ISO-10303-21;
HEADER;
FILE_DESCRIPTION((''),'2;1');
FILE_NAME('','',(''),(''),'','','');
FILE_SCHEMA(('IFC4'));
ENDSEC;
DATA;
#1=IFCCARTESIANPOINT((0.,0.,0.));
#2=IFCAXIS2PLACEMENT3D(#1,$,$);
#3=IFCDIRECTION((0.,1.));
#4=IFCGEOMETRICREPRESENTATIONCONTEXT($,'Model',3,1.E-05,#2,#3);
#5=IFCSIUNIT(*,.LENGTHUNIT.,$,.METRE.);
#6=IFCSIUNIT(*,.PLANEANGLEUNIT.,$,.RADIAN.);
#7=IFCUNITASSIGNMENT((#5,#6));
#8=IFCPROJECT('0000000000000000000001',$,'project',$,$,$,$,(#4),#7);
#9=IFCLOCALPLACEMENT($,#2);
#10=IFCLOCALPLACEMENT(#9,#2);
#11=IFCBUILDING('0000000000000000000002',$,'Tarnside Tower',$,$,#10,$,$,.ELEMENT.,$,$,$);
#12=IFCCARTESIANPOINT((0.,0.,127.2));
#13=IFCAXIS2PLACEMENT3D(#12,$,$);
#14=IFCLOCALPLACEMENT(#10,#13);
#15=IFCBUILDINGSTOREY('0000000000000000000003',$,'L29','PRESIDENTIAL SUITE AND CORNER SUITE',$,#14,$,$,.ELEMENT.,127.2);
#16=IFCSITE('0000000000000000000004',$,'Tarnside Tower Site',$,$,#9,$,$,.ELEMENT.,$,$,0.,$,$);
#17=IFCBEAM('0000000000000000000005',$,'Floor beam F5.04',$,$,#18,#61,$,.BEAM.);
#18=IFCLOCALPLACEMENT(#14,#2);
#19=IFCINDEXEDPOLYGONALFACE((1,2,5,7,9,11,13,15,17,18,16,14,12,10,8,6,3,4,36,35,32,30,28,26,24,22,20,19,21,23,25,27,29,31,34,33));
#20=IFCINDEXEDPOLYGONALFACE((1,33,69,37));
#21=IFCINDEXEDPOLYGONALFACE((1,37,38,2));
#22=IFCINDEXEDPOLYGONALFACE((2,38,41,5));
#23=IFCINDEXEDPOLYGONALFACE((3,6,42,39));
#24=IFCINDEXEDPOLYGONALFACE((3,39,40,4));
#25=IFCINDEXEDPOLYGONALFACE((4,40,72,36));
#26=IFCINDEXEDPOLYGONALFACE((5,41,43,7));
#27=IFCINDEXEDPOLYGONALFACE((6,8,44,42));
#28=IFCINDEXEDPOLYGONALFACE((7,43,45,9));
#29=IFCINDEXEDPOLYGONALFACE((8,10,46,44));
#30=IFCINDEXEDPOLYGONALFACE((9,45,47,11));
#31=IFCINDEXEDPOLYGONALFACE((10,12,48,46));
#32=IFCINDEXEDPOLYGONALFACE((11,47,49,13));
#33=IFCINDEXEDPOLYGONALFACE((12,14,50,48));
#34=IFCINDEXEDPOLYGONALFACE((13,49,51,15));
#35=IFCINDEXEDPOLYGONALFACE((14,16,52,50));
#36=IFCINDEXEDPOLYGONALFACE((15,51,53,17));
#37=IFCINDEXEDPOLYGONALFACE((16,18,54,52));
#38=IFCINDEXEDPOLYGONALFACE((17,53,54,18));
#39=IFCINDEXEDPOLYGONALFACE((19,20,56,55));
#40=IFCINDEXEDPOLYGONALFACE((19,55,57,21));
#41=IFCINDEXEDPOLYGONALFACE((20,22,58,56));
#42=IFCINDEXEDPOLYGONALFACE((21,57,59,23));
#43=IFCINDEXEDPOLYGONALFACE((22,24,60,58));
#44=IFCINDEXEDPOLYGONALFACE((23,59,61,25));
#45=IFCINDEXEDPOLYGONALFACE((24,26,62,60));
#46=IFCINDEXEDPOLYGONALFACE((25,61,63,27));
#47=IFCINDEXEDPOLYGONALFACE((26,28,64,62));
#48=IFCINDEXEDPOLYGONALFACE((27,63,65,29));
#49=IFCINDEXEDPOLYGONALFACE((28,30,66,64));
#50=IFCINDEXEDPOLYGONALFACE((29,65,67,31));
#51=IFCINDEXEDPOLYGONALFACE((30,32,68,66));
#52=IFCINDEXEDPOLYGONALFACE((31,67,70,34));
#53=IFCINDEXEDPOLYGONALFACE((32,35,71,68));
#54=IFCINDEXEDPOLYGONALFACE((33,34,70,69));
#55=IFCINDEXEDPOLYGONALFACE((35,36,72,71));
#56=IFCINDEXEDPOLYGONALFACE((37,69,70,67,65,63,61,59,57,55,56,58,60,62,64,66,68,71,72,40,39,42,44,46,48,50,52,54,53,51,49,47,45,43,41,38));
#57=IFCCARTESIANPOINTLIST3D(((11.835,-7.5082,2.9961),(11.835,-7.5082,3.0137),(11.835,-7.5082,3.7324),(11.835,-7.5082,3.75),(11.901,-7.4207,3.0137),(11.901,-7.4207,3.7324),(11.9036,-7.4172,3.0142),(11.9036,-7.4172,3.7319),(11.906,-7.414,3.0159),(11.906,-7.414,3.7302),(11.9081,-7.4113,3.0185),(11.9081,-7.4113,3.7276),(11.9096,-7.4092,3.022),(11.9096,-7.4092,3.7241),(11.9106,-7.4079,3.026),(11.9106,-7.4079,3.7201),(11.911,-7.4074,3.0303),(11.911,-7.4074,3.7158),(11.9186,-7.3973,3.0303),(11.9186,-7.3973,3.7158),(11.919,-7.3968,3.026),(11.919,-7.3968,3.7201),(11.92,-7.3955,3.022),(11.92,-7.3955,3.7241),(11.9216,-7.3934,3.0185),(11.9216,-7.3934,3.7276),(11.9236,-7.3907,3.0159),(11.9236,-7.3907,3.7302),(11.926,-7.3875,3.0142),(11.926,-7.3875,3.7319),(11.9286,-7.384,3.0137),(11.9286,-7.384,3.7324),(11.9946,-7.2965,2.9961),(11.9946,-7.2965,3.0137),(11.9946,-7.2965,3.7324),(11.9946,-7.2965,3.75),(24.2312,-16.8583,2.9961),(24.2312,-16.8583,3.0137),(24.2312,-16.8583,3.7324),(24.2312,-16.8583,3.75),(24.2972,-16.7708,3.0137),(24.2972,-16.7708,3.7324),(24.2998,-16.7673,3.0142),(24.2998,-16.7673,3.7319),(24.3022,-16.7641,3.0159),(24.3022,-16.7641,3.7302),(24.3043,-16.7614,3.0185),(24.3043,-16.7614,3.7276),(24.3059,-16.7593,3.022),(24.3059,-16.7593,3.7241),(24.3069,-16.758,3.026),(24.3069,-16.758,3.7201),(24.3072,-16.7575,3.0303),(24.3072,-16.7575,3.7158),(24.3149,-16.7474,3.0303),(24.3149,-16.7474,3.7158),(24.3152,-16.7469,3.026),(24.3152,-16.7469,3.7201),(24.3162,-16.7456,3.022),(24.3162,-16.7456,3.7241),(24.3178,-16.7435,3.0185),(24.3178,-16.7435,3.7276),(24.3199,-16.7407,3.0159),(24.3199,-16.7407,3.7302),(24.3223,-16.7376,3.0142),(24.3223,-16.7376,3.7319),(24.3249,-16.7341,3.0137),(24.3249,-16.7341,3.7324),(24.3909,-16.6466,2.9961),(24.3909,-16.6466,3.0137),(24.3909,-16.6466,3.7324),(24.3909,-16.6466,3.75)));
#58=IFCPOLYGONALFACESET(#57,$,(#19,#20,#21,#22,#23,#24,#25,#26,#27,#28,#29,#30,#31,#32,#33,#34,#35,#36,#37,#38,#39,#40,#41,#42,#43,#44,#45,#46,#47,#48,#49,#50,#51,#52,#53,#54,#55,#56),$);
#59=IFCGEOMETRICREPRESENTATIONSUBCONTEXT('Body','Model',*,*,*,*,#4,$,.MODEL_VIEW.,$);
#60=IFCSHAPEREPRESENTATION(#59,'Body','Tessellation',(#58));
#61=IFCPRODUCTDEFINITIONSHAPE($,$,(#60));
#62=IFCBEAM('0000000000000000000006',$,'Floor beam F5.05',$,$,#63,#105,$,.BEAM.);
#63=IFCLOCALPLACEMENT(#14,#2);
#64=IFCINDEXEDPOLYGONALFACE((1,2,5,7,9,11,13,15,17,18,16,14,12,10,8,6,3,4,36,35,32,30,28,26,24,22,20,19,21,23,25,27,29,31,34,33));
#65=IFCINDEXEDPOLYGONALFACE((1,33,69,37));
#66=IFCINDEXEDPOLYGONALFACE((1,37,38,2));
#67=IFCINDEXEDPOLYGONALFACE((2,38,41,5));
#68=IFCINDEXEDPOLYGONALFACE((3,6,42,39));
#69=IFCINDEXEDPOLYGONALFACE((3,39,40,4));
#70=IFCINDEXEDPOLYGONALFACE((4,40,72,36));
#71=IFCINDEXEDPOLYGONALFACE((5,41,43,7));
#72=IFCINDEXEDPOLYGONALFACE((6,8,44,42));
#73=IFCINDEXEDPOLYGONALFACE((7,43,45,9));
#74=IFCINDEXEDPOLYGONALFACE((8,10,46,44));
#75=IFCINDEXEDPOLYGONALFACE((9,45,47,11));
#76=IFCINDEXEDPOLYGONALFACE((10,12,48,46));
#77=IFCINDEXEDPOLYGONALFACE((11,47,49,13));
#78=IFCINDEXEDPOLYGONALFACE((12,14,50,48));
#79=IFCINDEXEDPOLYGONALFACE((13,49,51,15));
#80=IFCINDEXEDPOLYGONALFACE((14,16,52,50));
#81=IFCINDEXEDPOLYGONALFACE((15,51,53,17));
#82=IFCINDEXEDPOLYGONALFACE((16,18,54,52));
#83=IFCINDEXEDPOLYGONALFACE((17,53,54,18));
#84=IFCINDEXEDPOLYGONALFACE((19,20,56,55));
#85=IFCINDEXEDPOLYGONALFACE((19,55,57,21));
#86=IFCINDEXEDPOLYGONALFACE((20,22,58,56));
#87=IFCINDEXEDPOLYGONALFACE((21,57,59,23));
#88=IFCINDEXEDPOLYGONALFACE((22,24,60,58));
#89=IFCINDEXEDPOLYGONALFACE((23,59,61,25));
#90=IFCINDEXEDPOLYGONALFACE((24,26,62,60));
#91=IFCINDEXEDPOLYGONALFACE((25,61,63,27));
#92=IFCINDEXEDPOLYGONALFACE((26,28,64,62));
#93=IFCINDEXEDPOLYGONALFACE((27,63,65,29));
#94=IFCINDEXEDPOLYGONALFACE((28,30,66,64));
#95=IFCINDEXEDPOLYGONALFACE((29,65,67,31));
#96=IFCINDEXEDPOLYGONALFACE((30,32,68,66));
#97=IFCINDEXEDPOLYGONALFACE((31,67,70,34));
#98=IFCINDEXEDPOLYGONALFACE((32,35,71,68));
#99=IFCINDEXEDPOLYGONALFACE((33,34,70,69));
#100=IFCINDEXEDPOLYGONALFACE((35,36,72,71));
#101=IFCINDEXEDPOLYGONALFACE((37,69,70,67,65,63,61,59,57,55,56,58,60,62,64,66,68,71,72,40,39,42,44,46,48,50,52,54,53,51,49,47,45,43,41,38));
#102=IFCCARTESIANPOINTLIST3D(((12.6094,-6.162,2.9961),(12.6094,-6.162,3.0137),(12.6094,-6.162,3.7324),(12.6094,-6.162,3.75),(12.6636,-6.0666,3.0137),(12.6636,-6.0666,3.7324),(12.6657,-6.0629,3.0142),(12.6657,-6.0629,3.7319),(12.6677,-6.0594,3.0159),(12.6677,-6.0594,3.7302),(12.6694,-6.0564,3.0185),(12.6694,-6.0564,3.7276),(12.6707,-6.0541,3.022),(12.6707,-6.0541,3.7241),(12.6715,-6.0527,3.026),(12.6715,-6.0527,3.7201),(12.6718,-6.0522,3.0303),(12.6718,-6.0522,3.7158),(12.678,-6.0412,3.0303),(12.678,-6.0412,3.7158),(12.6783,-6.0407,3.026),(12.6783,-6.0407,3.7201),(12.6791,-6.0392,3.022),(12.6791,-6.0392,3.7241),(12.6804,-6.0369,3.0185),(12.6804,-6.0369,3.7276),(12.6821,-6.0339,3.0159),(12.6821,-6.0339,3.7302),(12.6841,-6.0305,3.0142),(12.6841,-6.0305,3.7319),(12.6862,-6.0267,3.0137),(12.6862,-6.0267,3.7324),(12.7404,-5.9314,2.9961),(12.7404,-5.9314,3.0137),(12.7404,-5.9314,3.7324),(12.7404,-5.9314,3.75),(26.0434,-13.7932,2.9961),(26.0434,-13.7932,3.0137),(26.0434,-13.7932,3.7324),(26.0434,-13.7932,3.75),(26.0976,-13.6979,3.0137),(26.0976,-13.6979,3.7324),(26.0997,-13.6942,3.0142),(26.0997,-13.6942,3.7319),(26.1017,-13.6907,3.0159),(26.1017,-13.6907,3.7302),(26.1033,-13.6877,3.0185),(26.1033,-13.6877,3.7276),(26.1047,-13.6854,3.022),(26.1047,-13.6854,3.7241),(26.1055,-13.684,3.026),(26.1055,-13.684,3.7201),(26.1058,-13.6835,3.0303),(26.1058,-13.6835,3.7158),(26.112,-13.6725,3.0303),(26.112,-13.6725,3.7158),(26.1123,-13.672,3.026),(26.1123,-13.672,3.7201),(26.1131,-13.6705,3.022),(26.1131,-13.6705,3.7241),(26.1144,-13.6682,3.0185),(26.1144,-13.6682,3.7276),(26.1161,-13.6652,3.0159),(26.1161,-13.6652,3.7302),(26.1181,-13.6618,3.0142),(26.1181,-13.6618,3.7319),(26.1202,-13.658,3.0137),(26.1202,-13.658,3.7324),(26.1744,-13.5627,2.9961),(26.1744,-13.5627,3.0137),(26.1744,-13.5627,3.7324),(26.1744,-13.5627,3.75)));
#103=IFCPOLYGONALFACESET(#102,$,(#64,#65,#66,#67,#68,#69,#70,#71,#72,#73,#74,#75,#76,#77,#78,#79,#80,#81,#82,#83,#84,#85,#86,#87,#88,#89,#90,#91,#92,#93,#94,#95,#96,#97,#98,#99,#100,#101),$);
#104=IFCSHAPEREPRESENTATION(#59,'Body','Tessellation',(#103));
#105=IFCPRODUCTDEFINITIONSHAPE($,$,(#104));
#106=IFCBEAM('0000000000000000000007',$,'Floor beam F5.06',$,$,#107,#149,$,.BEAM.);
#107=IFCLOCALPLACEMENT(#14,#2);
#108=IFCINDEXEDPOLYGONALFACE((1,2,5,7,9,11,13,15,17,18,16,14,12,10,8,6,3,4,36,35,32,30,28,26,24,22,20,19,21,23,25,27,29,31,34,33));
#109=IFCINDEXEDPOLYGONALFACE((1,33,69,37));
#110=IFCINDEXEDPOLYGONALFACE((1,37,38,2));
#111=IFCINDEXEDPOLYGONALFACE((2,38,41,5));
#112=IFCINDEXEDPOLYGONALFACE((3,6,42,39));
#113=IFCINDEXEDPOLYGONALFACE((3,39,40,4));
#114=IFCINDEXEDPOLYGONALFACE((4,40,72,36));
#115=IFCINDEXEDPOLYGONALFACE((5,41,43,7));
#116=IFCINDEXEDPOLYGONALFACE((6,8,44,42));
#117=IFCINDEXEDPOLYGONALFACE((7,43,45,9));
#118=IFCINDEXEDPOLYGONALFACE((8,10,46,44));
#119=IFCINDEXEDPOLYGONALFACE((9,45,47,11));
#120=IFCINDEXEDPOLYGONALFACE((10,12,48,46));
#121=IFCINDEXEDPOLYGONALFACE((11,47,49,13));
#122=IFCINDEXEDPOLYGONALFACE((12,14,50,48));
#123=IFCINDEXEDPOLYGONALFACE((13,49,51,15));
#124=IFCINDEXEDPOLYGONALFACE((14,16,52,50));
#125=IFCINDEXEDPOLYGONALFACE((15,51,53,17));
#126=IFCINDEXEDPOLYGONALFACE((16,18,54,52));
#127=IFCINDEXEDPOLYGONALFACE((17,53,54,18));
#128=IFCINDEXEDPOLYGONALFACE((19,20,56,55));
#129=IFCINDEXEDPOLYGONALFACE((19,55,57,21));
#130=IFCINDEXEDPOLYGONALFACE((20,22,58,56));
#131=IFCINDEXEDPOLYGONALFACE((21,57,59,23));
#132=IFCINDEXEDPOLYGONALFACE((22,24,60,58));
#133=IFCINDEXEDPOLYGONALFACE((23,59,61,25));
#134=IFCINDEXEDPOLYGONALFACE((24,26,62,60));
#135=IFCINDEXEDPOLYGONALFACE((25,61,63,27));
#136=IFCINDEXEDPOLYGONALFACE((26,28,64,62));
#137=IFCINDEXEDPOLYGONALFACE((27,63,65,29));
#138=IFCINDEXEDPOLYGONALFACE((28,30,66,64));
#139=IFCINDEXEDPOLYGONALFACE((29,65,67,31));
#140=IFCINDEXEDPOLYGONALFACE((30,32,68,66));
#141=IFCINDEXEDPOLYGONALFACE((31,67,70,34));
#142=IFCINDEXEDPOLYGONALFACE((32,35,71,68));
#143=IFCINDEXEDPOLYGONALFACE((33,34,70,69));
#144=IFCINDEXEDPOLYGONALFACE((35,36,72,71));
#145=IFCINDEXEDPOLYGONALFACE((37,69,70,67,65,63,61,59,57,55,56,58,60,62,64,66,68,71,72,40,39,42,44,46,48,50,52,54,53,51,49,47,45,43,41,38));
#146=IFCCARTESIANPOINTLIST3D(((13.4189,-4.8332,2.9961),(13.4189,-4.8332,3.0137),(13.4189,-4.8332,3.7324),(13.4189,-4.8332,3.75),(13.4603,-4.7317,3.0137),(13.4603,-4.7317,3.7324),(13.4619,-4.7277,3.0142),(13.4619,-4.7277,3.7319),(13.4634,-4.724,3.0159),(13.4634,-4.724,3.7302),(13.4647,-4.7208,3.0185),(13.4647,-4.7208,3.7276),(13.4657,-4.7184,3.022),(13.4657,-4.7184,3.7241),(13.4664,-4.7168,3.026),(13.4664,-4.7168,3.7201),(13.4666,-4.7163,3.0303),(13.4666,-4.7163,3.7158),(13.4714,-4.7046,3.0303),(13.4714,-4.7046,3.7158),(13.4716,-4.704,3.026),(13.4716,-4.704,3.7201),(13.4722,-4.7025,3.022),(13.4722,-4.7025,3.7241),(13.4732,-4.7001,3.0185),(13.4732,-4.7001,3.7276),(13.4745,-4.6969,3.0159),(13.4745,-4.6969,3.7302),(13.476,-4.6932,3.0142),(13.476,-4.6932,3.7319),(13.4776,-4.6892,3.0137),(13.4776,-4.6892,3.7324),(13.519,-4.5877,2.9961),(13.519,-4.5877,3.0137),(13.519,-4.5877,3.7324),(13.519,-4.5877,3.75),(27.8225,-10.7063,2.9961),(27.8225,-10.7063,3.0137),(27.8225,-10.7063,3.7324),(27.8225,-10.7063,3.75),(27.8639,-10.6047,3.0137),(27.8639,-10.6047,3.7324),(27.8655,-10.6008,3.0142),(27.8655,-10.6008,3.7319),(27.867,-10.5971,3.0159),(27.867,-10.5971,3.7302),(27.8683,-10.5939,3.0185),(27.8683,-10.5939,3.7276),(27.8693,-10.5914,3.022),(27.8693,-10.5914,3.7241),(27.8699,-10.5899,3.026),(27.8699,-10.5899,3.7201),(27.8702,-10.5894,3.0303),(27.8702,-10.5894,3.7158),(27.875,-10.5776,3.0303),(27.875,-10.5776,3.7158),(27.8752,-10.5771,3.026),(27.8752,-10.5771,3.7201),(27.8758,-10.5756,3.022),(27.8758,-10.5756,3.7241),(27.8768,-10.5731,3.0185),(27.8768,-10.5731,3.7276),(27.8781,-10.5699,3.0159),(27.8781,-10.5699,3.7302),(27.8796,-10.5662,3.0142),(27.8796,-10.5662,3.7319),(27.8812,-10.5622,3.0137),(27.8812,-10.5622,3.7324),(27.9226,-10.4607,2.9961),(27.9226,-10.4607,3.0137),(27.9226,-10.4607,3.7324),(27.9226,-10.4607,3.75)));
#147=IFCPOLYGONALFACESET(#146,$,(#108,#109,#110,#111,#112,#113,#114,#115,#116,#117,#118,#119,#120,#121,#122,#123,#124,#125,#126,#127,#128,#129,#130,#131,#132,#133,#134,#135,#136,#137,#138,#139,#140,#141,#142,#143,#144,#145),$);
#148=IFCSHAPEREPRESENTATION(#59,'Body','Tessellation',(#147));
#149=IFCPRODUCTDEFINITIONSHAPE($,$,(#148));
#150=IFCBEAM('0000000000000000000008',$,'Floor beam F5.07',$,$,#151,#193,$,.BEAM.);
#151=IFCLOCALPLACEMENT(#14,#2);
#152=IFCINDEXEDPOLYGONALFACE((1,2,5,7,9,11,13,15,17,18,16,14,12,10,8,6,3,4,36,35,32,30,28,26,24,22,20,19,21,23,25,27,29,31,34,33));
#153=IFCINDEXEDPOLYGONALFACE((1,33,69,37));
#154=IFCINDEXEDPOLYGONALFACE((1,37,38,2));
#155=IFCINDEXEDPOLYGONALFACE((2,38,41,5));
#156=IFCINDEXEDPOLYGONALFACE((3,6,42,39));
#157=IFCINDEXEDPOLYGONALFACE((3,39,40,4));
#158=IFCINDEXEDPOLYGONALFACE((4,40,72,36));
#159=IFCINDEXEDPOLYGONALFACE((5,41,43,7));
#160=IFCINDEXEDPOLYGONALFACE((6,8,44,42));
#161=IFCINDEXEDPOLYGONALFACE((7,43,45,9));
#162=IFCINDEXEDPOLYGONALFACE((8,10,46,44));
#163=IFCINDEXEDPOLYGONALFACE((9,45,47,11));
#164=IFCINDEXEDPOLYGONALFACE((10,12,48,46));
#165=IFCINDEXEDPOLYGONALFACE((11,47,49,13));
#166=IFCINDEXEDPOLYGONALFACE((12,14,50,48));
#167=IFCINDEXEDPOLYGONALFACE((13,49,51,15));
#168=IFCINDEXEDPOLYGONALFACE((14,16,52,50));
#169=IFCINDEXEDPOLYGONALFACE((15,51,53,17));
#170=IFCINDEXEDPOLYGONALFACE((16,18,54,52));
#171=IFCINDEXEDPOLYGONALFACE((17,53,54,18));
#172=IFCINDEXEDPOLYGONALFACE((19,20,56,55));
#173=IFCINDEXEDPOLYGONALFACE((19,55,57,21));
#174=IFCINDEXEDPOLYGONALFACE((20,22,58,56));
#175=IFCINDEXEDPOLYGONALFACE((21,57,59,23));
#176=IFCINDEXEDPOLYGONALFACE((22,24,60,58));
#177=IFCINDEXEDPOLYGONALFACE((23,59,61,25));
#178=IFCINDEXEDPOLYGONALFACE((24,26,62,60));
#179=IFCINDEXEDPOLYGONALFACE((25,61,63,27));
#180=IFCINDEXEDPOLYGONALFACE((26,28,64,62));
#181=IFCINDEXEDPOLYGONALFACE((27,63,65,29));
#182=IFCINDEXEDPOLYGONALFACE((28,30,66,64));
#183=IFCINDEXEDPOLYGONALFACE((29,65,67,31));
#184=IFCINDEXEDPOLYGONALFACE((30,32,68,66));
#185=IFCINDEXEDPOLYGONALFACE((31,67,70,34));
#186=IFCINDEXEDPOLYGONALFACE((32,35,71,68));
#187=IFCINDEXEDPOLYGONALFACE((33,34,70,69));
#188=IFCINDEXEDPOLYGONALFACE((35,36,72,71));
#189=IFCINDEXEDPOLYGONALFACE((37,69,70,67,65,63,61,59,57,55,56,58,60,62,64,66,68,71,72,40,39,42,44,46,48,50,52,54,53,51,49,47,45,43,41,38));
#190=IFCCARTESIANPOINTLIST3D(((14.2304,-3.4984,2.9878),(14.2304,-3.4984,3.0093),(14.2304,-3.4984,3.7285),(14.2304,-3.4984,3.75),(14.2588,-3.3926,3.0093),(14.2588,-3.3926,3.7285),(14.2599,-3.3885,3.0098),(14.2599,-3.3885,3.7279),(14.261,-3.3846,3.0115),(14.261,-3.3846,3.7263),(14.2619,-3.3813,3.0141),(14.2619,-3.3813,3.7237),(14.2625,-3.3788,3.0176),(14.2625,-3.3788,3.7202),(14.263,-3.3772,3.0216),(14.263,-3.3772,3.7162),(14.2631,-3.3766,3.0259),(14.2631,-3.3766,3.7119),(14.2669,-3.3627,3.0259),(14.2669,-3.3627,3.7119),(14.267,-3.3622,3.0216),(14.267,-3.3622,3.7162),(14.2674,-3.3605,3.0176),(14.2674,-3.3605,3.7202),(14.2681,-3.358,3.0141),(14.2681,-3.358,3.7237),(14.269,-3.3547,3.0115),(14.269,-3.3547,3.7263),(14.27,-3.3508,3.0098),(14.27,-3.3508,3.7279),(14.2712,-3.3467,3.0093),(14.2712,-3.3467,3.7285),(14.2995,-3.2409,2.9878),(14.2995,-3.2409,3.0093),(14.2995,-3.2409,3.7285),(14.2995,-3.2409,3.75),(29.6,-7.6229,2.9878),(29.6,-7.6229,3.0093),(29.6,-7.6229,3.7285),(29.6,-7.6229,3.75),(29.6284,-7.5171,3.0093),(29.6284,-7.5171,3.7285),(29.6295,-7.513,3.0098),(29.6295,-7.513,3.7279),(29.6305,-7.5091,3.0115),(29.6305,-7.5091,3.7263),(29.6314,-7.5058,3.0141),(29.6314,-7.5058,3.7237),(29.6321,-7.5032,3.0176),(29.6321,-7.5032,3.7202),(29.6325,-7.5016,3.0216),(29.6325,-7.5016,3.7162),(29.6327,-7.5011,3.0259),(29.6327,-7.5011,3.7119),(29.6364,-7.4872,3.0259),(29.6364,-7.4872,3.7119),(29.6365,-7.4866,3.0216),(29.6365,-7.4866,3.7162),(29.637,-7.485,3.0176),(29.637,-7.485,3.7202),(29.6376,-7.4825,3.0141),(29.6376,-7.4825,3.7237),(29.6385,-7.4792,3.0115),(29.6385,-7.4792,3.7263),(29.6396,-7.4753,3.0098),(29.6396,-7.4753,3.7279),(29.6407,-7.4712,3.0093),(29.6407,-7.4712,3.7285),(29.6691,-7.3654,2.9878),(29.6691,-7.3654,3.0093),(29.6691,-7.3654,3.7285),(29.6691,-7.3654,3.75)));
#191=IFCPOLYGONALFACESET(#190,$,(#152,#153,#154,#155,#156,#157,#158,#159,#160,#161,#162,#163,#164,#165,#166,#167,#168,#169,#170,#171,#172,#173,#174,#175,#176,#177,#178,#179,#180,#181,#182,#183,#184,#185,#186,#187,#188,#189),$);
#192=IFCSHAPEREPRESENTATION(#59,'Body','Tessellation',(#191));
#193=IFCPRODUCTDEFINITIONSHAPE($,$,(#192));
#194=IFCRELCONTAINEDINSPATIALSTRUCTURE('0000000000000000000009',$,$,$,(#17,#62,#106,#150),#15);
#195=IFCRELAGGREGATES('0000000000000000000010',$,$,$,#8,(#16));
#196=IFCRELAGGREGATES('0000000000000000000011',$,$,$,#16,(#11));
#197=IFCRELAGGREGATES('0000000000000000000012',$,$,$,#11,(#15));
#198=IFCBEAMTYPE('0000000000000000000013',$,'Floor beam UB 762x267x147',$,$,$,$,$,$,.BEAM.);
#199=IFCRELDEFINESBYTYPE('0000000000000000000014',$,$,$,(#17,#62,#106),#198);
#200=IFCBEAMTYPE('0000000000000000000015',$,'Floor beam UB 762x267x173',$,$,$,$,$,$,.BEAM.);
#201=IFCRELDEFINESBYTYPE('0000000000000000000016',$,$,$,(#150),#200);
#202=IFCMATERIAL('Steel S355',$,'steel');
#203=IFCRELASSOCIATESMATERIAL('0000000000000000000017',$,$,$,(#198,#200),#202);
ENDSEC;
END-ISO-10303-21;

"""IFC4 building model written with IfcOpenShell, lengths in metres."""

from ifc_helpers import new_model, si_unit, direction, frame, origin, origin_2d, place, context, subcontext, project, spatial, i_section, extrude, material, material_profile, profile_set, type_object, element, save


model = new_model("IFC4")

# Units and contexts
model_context = context("Model", 3, precision=1e-05, world=origin(), true_north=direction((0.0, 1.0)))
body_context = subcontext(model_context, "Body", "Model", "MODEL_VIEW")
ifc_project = project(units=[si_unit("LENGTHUNIT", "METRE"), si_unit("PLANEANGLEUNIT", "RADIAN")], contexts=[model_context])

# Site, building, storey
site_placement = place(None, origin())
site = spatial("IfcSite", under=ifc_project, at=site_placement, Name="Tarnside Tower Site", CompositionType="ELEMENT", RefElevation=0.0)
building_placement = place(site_placement, origin())
building = spatial("IfcBuilding", under=site, at=building_placement, Name="Tarnside Tower", CompositionType="ELEMENT")
storey_placement = place(building_placement, frame((0.0, 0.0, 127.2)))
storey = spatial("IfcBuildingStorey", under=building, at=storey_placement, Name="L29", Description="PRESIDENTIAL SUITE AND CORNER SUITE", CompositionType="ELEMENT", Elevation=127.2)

# Beams
ifc_material_1 = material(Name="Steel S355", Category="steel")
ifc_material_profile_1 = material_profile(ifc_material_1, i_section(OverallWidth=0.2651, OverallDepth=0.7539, WebThickness=0.0127, FlangeThickness=0.0176, FilletRadius=0.0166, at=origin_2d()), Name="UB 762x267x147")
ifc_profile_set_1 = profile_set([ifc_material_profile_1], Name="Steel S355")
beam_type_1 = type_object("IfcBeamType", Name="Floor beam UB 762x267x147", PredefinedType="BEAM", material=ifc_profile_set_1)
beam_1_placement = place(storey_placement, frame((24.311, -16.7524, 3.373), z_axis=(-0.798361, 0.602179, 0.0), x_axis=(-0.602179, -0.798361, 0.0)))
element("IfcBeam", 1, at=beam_1_placement, inside=storey, type_object=beam_type_1, Name="Floor beam F5.04", PredefinedType="BEAM", context=body_context, shape_type="SweptSolid", body=[
    extrude(i_section(OverallWidth=0.2651, OverallDepth=0.7539, WebThickness=0.0127, FlangeThickness=0.0176, FilletRadius=0.0166, at=origin_2d()), origin(), (0.0, 0.0, 1.0), 15.5271),
])
beam_2_placement = place(storey_placement, frame((26.1089, -13.678, 3.373), z_axis=(-0.869503, 0.493929, 0.0), x_axis=(-0.493929, -0.869503, 0.0)))
element("IfcBeam", 2, at=beam_2_placement, inside=storey, type_object=beam_type_1, Name="Floor beam F5.05", PredefinedType="BEAM", context=body_context, shape_type="SweptSolid", body=[
    extrude(i_section(OverallWidth=0.2651, OverallDepth=0.7539, WebThickness=0.0127, FlangeThickness=0.0176, FilletRadius=0.0166, at=origin_2d()), origin(), (0.0, 0.0, 1.0), 15.4502),
])
beam_3_placement = place(storey_placement, frame((27.8726, -10.5835, 3.373), z_axis=(-0.925982, 0.377569, 0.0), x_axis=(-0.377569, -0.925982, 0.0)))
element("IfcBeam", 3, at=beam_3_placement, inside=storey, type_object=beam_type_1, Name="Floor beam F5.06", PredefinedType="BEAM", context=body_context, shape_type="SweptSolid", body=[
    extrude(i_section(OverallWidth=0.2651, OverallDepth=0.7539, WebThickness=0.0127, FlangeThickness=0.0176, FilletRadius=0.0166, at=origin_2d()), origin(), (0.0, 0.0, 1.0), 15.5549),
])
ifc_material_profile_2 = material_profile(ifc_material_1, i_section(OverallWidth=0.2666, OverallDepth=0.7622, WebThickness=0.0144, FlangeThickness=0.0215, FilletRadius=0.0166, at=origin_2d()), Name="UB 762x267x173")
ifc_profile_set_2 = profile_set([ifc_material_profile_2], Name="Steel S355")
beam_type_2 = type_object("IfcBeamType", Name="Floor beam UB 762x267x173", PredefinedType="BEAM", material=ifc_profile_set_2)
beam_4_placement = place(storey_placement, frame((29.6345, -7.4941, 3.3689), z_axis=(-0.965828, 0.259184, 0.0), x_axis=(-0.259184, -0.965828, 0.0)))
element("IfcBeam", 4, at=beam_4_placement, inside=storey, type_object=beam_type_2, Name="Floor beam F5.07", PredefinedType="BEAM", context=body_context, shape_type="SweptSolid", body=[
    extrude(i_section(OverallWidth=0.2666, OverallDepth=0.7622, WebThickness=0.0144, FlangeThickness=0.0215, FilletRadius=0.0166, at=origin_2d()), origin(), (0.0, 0.0, 1.0), 15.9133),
])

save(model, "model.ifc")
